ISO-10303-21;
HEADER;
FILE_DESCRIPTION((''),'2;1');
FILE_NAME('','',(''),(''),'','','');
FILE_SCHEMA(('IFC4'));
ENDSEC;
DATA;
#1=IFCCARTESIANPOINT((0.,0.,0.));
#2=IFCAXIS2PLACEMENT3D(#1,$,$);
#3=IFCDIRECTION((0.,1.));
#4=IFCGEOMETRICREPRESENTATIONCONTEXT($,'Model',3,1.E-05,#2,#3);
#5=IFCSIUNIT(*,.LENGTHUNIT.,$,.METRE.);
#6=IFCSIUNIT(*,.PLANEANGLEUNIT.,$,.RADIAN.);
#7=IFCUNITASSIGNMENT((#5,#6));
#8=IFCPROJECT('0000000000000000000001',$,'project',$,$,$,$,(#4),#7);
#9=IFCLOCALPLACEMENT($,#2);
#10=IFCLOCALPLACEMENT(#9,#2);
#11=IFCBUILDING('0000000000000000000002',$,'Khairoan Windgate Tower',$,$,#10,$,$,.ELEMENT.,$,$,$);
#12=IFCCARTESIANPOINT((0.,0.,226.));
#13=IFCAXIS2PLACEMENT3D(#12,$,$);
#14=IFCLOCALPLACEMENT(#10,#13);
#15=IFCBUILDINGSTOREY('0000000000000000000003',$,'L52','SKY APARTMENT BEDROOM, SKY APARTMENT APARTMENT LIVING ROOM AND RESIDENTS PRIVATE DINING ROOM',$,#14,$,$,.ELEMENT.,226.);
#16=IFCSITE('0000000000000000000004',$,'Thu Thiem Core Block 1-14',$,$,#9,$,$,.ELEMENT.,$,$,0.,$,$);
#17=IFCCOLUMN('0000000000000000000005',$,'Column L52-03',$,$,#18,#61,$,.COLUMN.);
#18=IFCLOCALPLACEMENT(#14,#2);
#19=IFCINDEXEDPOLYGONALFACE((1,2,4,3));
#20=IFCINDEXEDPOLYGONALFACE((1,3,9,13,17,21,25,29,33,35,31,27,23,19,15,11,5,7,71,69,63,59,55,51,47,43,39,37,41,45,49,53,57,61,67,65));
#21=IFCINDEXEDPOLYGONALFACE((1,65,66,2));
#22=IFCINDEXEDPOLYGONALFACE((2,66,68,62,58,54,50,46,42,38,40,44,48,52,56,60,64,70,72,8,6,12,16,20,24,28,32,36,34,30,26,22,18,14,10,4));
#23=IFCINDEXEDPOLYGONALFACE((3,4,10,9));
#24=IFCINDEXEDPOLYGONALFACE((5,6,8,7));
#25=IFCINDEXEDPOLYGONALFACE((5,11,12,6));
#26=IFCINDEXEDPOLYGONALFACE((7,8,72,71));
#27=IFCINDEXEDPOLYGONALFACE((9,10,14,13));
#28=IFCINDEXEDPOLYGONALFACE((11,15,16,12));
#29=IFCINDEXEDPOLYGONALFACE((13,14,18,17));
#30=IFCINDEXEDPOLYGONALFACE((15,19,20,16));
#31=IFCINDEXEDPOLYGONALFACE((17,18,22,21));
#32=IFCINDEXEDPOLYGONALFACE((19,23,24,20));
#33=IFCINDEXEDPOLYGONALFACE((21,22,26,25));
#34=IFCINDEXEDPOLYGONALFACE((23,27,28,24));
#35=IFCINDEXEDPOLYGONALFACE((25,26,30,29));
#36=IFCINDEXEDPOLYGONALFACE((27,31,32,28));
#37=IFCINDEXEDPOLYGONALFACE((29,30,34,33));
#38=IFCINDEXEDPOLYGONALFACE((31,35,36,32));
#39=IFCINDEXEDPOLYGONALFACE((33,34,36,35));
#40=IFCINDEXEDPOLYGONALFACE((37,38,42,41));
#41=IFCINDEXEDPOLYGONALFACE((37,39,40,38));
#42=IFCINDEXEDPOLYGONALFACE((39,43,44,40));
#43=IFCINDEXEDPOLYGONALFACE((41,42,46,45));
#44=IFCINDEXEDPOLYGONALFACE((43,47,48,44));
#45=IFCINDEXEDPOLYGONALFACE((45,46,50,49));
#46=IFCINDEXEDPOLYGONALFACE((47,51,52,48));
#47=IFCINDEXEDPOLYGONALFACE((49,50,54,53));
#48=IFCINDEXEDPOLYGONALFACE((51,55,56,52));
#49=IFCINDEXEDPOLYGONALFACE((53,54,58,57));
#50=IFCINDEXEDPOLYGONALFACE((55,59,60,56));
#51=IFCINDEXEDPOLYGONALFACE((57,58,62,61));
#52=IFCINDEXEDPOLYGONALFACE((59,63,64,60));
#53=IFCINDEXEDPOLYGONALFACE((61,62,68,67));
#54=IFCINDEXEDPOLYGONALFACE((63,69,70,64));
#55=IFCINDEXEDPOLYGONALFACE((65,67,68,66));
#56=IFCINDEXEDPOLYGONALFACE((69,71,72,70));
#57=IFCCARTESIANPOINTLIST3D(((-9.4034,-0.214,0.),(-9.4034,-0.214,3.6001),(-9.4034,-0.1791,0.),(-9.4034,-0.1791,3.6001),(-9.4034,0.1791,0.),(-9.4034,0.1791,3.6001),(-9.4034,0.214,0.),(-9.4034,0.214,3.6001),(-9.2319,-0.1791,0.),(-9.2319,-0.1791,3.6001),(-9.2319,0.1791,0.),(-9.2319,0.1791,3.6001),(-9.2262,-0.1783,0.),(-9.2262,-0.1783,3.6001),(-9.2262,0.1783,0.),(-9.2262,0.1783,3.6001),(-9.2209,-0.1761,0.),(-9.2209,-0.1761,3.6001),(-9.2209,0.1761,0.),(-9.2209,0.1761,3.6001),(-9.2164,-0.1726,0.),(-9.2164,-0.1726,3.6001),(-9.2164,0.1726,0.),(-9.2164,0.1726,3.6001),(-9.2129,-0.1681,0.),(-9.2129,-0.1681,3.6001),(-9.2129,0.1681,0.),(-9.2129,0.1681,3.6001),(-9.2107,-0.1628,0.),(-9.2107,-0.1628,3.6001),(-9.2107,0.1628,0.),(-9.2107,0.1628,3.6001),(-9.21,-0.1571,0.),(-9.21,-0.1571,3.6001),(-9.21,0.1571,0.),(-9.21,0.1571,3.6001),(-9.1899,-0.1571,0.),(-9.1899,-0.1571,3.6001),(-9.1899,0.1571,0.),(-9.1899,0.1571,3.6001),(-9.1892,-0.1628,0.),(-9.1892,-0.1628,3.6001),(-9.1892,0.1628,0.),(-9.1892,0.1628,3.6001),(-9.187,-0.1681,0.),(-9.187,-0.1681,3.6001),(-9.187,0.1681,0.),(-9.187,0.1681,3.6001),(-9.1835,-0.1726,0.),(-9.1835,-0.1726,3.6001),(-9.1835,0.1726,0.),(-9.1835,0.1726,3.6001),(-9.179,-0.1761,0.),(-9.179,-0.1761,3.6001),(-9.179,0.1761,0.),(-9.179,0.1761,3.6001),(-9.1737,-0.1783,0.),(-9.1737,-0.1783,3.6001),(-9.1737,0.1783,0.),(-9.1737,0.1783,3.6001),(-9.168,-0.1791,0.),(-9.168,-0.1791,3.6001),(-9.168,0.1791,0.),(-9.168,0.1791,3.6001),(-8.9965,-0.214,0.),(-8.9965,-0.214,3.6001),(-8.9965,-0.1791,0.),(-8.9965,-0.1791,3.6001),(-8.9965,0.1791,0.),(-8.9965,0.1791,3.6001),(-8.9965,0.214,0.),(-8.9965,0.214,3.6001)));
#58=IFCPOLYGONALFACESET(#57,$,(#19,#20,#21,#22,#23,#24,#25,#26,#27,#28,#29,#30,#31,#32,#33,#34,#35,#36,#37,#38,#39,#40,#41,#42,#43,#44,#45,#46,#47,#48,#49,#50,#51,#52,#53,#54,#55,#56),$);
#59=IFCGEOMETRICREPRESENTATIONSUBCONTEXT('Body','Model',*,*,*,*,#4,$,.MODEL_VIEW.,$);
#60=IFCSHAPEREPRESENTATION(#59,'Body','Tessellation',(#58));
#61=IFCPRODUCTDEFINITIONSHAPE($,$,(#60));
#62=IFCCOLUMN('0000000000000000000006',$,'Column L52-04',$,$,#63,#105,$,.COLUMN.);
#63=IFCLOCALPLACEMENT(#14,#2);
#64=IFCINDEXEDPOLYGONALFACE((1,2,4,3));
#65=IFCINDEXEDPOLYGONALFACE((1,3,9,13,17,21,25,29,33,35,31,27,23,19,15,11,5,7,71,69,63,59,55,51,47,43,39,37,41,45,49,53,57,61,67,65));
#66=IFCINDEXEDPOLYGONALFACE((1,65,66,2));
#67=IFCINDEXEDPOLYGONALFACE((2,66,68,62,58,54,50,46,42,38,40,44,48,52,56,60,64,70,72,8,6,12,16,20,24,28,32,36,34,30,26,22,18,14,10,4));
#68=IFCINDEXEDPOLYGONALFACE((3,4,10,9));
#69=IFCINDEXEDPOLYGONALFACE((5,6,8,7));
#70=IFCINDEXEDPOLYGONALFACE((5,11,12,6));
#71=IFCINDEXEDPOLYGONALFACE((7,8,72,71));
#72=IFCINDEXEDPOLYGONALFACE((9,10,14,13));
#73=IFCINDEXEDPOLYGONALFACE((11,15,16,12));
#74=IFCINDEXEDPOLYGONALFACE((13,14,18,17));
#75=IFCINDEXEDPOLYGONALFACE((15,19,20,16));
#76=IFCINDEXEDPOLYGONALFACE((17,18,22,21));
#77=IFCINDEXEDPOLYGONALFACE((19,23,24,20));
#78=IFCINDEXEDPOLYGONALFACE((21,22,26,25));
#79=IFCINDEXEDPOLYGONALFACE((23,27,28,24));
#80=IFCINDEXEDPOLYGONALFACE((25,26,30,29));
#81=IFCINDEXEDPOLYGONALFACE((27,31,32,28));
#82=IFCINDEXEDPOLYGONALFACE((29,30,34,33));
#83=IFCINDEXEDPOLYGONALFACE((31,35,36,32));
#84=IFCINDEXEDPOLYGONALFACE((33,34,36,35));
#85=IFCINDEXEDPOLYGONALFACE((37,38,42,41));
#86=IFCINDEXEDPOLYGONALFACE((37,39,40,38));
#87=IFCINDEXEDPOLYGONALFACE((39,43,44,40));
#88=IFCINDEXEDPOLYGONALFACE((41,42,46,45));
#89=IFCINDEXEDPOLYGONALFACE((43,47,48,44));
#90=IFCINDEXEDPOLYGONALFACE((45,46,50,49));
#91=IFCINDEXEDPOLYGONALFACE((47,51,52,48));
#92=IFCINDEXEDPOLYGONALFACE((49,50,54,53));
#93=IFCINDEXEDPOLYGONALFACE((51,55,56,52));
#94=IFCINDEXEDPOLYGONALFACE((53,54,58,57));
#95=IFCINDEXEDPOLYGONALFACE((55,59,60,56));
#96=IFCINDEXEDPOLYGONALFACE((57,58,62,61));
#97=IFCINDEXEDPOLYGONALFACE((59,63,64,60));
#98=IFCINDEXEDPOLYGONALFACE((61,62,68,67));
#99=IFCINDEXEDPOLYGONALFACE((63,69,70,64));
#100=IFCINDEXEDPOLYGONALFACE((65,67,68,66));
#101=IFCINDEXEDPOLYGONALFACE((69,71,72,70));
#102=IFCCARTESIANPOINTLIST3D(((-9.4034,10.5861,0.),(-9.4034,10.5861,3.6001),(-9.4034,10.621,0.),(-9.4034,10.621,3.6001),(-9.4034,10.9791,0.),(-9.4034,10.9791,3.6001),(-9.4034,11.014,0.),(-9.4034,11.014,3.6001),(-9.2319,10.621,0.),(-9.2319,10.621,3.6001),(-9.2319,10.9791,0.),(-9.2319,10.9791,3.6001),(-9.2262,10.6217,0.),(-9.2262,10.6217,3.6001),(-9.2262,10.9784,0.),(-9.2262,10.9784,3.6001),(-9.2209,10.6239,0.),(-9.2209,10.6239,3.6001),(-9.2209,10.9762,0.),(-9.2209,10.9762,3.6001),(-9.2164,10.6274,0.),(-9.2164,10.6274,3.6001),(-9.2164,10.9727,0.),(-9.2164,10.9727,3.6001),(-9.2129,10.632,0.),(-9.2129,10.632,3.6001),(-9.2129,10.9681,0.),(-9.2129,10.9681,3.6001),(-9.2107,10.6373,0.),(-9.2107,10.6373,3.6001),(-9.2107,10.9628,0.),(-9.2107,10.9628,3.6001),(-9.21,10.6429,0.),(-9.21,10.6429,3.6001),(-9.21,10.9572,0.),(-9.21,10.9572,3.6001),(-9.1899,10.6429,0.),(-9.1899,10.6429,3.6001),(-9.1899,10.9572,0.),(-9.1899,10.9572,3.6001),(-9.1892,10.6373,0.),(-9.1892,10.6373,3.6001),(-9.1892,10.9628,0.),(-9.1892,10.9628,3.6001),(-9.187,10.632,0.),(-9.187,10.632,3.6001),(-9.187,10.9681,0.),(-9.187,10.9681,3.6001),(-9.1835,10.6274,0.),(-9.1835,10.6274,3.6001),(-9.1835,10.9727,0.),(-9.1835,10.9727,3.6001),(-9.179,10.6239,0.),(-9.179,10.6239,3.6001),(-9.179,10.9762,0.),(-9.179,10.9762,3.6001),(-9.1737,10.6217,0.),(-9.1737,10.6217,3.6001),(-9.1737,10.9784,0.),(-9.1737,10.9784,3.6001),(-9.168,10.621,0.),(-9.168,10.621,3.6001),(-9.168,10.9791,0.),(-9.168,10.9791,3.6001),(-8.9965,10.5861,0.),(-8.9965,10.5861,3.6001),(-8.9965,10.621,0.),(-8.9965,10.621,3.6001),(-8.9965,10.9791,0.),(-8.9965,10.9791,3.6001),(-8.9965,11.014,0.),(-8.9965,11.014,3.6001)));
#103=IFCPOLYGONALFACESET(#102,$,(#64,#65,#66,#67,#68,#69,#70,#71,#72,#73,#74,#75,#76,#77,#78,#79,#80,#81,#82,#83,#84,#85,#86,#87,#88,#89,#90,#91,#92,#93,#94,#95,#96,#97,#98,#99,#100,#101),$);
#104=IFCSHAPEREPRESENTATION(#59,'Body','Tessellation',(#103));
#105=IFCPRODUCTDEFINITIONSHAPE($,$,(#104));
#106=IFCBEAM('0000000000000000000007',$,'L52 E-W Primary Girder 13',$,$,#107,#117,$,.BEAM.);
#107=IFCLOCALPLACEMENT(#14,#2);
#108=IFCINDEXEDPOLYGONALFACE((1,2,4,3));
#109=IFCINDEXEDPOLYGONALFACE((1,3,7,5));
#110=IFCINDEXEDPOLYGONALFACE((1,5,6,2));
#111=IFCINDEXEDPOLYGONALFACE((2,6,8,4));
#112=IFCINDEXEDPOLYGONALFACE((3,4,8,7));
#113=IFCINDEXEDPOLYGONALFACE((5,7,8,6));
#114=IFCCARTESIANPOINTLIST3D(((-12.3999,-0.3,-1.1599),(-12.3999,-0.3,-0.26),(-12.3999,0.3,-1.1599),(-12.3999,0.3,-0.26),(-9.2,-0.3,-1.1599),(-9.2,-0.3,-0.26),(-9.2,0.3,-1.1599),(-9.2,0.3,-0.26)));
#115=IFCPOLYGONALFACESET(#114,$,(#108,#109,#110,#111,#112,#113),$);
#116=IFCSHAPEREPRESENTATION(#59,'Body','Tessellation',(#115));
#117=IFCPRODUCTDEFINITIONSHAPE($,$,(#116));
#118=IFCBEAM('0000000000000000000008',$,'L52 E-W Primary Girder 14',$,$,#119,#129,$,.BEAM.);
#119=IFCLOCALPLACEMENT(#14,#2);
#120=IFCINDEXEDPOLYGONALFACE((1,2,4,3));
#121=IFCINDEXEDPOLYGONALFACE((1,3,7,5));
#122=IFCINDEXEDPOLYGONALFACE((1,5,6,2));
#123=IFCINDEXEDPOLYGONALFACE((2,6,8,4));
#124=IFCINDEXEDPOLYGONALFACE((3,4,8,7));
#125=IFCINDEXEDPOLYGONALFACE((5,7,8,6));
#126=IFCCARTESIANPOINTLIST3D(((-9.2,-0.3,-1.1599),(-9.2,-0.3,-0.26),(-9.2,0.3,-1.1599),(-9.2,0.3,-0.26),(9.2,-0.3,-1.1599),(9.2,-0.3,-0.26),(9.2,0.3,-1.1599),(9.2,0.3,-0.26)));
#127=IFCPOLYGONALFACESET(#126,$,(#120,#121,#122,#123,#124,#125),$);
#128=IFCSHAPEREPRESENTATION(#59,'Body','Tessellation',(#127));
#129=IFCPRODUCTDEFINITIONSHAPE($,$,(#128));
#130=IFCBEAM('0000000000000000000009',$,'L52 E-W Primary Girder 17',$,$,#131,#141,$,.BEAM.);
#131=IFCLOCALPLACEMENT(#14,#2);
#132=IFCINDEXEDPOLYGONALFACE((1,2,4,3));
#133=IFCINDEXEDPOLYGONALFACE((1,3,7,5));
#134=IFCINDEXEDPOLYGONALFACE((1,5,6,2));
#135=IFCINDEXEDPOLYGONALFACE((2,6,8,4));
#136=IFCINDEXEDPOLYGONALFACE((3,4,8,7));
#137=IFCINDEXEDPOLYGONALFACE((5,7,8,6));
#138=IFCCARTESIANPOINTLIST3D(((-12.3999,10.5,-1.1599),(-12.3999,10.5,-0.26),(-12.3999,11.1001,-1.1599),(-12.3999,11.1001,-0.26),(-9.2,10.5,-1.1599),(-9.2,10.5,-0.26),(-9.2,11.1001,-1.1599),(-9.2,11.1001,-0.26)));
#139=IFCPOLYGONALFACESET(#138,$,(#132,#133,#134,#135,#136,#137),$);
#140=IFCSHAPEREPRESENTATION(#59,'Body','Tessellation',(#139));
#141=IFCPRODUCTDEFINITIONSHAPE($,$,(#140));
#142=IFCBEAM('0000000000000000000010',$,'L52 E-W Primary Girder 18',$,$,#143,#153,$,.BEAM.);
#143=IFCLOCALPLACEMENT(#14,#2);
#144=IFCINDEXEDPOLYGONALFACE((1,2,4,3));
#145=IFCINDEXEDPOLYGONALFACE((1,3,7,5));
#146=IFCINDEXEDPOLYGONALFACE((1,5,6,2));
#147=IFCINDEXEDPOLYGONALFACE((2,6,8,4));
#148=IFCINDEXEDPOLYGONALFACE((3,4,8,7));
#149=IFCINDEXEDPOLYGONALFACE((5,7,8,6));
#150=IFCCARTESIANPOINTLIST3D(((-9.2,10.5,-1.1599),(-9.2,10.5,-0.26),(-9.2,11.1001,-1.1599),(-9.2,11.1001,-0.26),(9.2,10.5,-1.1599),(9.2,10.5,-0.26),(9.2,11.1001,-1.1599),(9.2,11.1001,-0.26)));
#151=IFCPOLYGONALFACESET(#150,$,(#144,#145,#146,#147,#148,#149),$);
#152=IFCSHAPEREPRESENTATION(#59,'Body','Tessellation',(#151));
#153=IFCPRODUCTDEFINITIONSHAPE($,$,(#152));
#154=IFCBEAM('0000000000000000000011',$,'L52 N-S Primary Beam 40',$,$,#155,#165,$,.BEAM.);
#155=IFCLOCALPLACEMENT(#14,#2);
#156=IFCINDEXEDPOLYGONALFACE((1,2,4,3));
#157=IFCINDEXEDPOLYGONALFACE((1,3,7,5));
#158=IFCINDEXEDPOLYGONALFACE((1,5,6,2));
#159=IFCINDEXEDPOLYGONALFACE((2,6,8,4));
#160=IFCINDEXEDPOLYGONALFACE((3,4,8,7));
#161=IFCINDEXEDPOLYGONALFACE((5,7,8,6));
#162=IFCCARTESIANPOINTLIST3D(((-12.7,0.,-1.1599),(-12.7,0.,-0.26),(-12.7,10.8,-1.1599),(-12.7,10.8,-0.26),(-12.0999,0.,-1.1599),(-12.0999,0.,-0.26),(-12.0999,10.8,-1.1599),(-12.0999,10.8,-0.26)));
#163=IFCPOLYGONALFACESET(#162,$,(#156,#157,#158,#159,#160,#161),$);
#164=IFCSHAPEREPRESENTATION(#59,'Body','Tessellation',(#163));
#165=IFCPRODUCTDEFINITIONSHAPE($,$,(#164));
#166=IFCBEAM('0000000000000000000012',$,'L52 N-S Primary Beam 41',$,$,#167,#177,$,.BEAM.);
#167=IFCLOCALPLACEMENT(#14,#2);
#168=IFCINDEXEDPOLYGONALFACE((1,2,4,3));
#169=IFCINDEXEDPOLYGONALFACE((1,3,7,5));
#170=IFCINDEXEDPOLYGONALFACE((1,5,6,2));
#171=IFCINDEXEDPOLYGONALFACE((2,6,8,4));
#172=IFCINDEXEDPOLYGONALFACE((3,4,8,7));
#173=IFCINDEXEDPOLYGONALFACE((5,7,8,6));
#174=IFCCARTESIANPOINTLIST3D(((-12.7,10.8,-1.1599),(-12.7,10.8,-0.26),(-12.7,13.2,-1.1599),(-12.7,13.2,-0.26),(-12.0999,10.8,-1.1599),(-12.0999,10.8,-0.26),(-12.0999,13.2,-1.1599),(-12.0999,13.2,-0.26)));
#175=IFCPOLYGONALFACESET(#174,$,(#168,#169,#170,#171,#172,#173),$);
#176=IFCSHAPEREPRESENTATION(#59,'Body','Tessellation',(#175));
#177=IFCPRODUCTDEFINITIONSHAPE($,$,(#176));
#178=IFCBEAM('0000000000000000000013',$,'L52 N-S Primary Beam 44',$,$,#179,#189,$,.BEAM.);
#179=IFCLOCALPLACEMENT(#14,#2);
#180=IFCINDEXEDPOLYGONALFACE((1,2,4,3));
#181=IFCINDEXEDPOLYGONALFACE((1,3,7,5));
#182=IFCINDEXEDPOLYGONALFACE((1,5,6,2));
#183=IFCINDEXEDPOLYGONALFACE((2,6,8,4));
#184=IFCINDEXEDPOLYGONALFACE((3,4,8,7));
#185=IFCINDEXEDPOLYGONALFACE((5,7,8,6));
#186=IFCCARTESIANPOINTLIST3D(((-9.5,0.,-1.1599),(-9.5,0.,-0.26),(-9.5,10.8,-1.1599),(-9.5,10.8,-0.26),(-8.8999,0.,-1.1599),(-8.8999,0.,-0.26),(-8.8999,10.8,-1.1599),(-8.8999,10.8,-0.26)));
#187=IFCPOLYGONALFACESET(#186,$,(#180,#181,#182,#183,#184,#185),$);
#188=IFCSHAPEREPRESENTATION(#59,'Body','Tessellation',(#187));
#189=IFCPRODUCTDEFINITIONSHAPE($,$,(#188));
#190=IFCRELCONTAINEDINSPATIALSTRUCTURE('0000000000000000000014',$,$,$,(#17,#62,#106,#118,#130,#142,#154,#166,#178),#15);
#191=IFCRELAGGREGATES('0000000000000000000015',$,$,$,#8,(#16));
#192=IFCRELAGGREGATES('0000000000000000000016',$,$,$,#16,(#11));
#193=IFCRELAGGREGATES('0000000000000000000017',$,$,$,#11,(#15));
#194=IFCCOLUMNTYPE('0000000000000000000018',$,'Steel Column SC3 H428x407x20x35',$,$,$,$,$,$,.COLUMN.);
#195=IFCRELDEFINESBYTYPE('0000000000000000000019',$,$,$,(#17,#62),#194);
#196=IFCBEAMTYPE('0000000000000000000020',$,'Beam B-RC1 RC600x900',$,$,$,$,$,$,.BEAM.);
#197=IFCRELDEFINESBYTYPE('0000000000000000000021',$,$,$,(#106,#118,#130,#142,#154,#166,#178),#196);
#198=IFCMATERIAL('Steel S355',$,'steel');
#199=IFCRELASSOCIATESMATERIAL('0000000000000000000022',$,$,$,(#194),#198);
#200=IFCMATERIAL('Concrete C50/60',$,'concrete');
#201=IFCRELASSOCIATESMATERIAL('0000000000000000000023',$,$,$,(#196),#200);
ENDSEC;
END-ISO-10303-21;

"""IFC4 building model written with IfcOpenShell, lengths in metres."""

from ifc_helpers import new_model, si_unit, direction, frame, origin, origin_2d, place, context, subcontext, project, spatial, rectangle, i_section, extrude, material, material_profile, profile_set, type_object, element, save


model = new_model("IFC4")

# Units and contexts
model_context = context("Model", 3, precision=1e-05, world=origin(), true_north=direction((0.0, 1.0)))
body_context = subcontext(model_context, "Body", "Model", "MODEL_VIEW")
ifc_project = project(units=[si_unit("LENGTHUNIT", "METRE"), si_unit("PLANEANGLEUNIT", "RADIAN")], contexts=[model_context])

# Site, building, storey
site_placement = place(None, origin())
site = spatial("IfcSite", under=ifc_project, at=site_placement, Name="Thu Thiem Core Block 1-14", CompositionType="ELEMENT", RefElevation=0.0)
building_placement = place(site_placement, origin())
building = spatial("IfcBuilding", under=site, at=building_placement, Name="Khairoan Windgate Tower", CompositionType="ELEMENT")
storey_placement = place(building_placement, frame((0.0, 0.0, 226.0)))
storey = spatial("IfcBuildingStorey", under=building, at=storey_placement, Name="L52", Description="SKY APARTMENT BEDROOM, SKY APARTMENT APARTMENT LIVING ROOM AND RESIDENTS PRIVATE DINING ROOM", CompositionType="ELEMENT", Elevation=226.0)

# Columns
ifc_material_1 = material(Name="Steel S355", Category="steel")
ifc_material_profile_1 = material_profile(ifc_material_1, i_section(OverallWidth=0.407, OverallDepth=0.428, WebThickness=0.02, FlangeThickness=0.0349, FilletRadius=0.022, at=origin_2d()))
ifc_profile_set_1 = profile_set([ifc_material_profile_1], Name="Steel S355")
column_type = type_object("IfcColumnType", Name="Steel Column SC3 H428x407x20x35", PredefinedType="COLUMN", material=ifc_profile_set_1)
for number, where, z_axis, x_axis, name in (
    (1, (-9.2, 0.0, 0.0), (0.0, 0.0, 1.0), (1.0, 0.0, 0.0), "Column L52-03"),
    (2, (-9.2, 10.8, 0.0), (0.0, 0.0, 1.0), (1.0, 0.0, 0.0), "Column L52-04"),
):
    element("IfcColumn", number, at=place(storey_placement, frame(where, z_axis=z_axis, x_axis=x_axis)), inside=storey, type_object=column_type, Name=name, PredefinedType="COLUMN", context=body_context, shape_type="SweptSolid", body=[
        extrude(i_section(OverallWidth=0.407, OverallDepth=0.428, WebThickness=0.02, FlangeThickness=0.0349, FilletRadius=0.022, at=origin_2d()), origin(), (0.0, 0.0, 1.0), 3.6001),
    ])

# Beams
ifc_material_2 = material(Name="Concrete C50/60", Category="concrete")
ifc_material_profile_2 = material_profile(ifc_material_2, rectangle(XDim=0.6001, YDim=0.8999, at=origin_2d()))
ifc_profile_set_2 = profile_set([ifc_material_profile_2], Name="Concrete C50/60")
beam_type_1 = type_object("IfcBeamType", Name="Beam B-RC1 RC600x900", PredefinedType="BEAM", material=ifc_profile_set_2)
beam_1_placement = place(storey_placement, frame((-12.3999, 0.0, -0.71), z_axis=(1.0, 0.0, 0.0), x_axis=(0.0, 1.0, 0.0)))
element("IfcBeam", 3, at=beam_1_placement, inside=storey, type_object=beam_type_1, Name="L52 E-W Primary Girder 13", PredefinedType="BEAM", context=body_context, shape_type="SweptSolid", body=[
    extrude(rectangle(XDim=0.6001, YDim=0.8999, at=origin_2d()), origin(), (0.0, 0.0, 1.0), 3.2),
])
beam_2_placement = place(storey_placement, frame((-9.2, 0.0, -0.71), z_axis=(1.0, 0.0, 0.0), x_axis=(0.0, 1.0, 0.0)))
element("IfcBeam", 4, at=beam_2_placement, inside=storey, type_object=beam_type_1, Name="L52 E-W Primary Girder 14", PredefinedType="BEAM", context=body_context, shape_type="SweptSolid", body=[
    extrude(rectangle(XDim=0.6001, YDim=0.8999, at=origin_2d()), origin(), (0.0, 0.0, 1.0), 18.3999),
])
beam_3_placement = place(storey_placement, frame((-12.3999, 10.8, -0.71), z_axis=(1.0, 0.0, 0.0), x_axis=(0.0, 1.0, 0.0)))
element("IfcBeam", 5, at=beam_3_placement, inside=storey, type_object=beam_type_1, Name="L52 E-W Primary Girder 17", PredefinedType="BEAM", context=body_context, shape_type="SweptSolid", body=[
    extrude(rectangle(XDim=0.6001, YDim=0.8999, at=origin_2d()), origin(), (0.0, 0.0, 1.0), 3.2),
])
beam_4_placement = place(storey_placement, frame((-9.2, 10.8, -0.71), z_axis=(1.0, 0.0, 0.0), x_axis=(0.0, 1.0, 0.0)))
element("IfcBeam", 6, at=beam_4_placement, inside=storey, type_object=beam_type_1, Name="L52 E-W Primary Girder 18", PredefinedType="BEAM", context=body_context, shape_type="SweptSolid", body=[
    extrude(rectangle(XDim=0.6001, YDim=0.8999, at=origin_2d()), origin(), (0.0, 0.0, 1.0), 18.3999),
])
beam_5_placement = place(storey_placement, frame((-12.3999, 0.0, -0.71), z_axis=(0.0, 1.0, 0.0), x_axis=(-1.0, 0.0, 0.0)))
element("IfcBeam", 7, at=beam_5_placement, inside=storey, type_object=beam_type_1, Name="L52 N-S Primary Beam 40", PredefinedType="BEAM", context=body_context, shape_type="SweptSolid", body=[
    extrude(rectangle(XDim=0.6001, YDim=0.8999, at=origin_2d()), origin(), (0.0, 0.0, 1.0), 10.8),
])
beam_6_placement = place(storey_placement, frame((-12.3999, 10.8, -0.71), z_axis=(0.0, 1.0, 0.0), x_axis=(-1.0, 0.0, 0.0)))
element("IfcBeam", 8, at=beam_6_placement, inside=storey, type_object=beam_type_1, Name="L52 N-S Primary Beam 41", PredefinedType="BEAM", context=body_context, shape_type="SweptSolid", body=[
    extrude(rectangle(XDim=0.6001, YDim=0.8999, at=origin_2d()), origin(), (0.0, 0.0, 1.0), 2.3999),
])
beam_7_placement = place(storey_placement, frame((-9.2, 0.0, -0.71), z_axis=(0.0, 1.0, 0.0), x_axis=(-1.0, 0.0, 0.0)))
element("IfcBeam", 9, at=beam_7_placement, inside=storey, type_object=beam_type_1, Name="L52 N-S Primary Beam 44", PredefinedType="BEAM", context=body_context, shape_type="SweptSolid", body=[
    extrude(rectangle(XDim=0.6001, YDim=0.8999, at=origin_2d()), origin(), (0.0, 0.0, 1.0), 10.8),
])

save(model, "model.ifc")
